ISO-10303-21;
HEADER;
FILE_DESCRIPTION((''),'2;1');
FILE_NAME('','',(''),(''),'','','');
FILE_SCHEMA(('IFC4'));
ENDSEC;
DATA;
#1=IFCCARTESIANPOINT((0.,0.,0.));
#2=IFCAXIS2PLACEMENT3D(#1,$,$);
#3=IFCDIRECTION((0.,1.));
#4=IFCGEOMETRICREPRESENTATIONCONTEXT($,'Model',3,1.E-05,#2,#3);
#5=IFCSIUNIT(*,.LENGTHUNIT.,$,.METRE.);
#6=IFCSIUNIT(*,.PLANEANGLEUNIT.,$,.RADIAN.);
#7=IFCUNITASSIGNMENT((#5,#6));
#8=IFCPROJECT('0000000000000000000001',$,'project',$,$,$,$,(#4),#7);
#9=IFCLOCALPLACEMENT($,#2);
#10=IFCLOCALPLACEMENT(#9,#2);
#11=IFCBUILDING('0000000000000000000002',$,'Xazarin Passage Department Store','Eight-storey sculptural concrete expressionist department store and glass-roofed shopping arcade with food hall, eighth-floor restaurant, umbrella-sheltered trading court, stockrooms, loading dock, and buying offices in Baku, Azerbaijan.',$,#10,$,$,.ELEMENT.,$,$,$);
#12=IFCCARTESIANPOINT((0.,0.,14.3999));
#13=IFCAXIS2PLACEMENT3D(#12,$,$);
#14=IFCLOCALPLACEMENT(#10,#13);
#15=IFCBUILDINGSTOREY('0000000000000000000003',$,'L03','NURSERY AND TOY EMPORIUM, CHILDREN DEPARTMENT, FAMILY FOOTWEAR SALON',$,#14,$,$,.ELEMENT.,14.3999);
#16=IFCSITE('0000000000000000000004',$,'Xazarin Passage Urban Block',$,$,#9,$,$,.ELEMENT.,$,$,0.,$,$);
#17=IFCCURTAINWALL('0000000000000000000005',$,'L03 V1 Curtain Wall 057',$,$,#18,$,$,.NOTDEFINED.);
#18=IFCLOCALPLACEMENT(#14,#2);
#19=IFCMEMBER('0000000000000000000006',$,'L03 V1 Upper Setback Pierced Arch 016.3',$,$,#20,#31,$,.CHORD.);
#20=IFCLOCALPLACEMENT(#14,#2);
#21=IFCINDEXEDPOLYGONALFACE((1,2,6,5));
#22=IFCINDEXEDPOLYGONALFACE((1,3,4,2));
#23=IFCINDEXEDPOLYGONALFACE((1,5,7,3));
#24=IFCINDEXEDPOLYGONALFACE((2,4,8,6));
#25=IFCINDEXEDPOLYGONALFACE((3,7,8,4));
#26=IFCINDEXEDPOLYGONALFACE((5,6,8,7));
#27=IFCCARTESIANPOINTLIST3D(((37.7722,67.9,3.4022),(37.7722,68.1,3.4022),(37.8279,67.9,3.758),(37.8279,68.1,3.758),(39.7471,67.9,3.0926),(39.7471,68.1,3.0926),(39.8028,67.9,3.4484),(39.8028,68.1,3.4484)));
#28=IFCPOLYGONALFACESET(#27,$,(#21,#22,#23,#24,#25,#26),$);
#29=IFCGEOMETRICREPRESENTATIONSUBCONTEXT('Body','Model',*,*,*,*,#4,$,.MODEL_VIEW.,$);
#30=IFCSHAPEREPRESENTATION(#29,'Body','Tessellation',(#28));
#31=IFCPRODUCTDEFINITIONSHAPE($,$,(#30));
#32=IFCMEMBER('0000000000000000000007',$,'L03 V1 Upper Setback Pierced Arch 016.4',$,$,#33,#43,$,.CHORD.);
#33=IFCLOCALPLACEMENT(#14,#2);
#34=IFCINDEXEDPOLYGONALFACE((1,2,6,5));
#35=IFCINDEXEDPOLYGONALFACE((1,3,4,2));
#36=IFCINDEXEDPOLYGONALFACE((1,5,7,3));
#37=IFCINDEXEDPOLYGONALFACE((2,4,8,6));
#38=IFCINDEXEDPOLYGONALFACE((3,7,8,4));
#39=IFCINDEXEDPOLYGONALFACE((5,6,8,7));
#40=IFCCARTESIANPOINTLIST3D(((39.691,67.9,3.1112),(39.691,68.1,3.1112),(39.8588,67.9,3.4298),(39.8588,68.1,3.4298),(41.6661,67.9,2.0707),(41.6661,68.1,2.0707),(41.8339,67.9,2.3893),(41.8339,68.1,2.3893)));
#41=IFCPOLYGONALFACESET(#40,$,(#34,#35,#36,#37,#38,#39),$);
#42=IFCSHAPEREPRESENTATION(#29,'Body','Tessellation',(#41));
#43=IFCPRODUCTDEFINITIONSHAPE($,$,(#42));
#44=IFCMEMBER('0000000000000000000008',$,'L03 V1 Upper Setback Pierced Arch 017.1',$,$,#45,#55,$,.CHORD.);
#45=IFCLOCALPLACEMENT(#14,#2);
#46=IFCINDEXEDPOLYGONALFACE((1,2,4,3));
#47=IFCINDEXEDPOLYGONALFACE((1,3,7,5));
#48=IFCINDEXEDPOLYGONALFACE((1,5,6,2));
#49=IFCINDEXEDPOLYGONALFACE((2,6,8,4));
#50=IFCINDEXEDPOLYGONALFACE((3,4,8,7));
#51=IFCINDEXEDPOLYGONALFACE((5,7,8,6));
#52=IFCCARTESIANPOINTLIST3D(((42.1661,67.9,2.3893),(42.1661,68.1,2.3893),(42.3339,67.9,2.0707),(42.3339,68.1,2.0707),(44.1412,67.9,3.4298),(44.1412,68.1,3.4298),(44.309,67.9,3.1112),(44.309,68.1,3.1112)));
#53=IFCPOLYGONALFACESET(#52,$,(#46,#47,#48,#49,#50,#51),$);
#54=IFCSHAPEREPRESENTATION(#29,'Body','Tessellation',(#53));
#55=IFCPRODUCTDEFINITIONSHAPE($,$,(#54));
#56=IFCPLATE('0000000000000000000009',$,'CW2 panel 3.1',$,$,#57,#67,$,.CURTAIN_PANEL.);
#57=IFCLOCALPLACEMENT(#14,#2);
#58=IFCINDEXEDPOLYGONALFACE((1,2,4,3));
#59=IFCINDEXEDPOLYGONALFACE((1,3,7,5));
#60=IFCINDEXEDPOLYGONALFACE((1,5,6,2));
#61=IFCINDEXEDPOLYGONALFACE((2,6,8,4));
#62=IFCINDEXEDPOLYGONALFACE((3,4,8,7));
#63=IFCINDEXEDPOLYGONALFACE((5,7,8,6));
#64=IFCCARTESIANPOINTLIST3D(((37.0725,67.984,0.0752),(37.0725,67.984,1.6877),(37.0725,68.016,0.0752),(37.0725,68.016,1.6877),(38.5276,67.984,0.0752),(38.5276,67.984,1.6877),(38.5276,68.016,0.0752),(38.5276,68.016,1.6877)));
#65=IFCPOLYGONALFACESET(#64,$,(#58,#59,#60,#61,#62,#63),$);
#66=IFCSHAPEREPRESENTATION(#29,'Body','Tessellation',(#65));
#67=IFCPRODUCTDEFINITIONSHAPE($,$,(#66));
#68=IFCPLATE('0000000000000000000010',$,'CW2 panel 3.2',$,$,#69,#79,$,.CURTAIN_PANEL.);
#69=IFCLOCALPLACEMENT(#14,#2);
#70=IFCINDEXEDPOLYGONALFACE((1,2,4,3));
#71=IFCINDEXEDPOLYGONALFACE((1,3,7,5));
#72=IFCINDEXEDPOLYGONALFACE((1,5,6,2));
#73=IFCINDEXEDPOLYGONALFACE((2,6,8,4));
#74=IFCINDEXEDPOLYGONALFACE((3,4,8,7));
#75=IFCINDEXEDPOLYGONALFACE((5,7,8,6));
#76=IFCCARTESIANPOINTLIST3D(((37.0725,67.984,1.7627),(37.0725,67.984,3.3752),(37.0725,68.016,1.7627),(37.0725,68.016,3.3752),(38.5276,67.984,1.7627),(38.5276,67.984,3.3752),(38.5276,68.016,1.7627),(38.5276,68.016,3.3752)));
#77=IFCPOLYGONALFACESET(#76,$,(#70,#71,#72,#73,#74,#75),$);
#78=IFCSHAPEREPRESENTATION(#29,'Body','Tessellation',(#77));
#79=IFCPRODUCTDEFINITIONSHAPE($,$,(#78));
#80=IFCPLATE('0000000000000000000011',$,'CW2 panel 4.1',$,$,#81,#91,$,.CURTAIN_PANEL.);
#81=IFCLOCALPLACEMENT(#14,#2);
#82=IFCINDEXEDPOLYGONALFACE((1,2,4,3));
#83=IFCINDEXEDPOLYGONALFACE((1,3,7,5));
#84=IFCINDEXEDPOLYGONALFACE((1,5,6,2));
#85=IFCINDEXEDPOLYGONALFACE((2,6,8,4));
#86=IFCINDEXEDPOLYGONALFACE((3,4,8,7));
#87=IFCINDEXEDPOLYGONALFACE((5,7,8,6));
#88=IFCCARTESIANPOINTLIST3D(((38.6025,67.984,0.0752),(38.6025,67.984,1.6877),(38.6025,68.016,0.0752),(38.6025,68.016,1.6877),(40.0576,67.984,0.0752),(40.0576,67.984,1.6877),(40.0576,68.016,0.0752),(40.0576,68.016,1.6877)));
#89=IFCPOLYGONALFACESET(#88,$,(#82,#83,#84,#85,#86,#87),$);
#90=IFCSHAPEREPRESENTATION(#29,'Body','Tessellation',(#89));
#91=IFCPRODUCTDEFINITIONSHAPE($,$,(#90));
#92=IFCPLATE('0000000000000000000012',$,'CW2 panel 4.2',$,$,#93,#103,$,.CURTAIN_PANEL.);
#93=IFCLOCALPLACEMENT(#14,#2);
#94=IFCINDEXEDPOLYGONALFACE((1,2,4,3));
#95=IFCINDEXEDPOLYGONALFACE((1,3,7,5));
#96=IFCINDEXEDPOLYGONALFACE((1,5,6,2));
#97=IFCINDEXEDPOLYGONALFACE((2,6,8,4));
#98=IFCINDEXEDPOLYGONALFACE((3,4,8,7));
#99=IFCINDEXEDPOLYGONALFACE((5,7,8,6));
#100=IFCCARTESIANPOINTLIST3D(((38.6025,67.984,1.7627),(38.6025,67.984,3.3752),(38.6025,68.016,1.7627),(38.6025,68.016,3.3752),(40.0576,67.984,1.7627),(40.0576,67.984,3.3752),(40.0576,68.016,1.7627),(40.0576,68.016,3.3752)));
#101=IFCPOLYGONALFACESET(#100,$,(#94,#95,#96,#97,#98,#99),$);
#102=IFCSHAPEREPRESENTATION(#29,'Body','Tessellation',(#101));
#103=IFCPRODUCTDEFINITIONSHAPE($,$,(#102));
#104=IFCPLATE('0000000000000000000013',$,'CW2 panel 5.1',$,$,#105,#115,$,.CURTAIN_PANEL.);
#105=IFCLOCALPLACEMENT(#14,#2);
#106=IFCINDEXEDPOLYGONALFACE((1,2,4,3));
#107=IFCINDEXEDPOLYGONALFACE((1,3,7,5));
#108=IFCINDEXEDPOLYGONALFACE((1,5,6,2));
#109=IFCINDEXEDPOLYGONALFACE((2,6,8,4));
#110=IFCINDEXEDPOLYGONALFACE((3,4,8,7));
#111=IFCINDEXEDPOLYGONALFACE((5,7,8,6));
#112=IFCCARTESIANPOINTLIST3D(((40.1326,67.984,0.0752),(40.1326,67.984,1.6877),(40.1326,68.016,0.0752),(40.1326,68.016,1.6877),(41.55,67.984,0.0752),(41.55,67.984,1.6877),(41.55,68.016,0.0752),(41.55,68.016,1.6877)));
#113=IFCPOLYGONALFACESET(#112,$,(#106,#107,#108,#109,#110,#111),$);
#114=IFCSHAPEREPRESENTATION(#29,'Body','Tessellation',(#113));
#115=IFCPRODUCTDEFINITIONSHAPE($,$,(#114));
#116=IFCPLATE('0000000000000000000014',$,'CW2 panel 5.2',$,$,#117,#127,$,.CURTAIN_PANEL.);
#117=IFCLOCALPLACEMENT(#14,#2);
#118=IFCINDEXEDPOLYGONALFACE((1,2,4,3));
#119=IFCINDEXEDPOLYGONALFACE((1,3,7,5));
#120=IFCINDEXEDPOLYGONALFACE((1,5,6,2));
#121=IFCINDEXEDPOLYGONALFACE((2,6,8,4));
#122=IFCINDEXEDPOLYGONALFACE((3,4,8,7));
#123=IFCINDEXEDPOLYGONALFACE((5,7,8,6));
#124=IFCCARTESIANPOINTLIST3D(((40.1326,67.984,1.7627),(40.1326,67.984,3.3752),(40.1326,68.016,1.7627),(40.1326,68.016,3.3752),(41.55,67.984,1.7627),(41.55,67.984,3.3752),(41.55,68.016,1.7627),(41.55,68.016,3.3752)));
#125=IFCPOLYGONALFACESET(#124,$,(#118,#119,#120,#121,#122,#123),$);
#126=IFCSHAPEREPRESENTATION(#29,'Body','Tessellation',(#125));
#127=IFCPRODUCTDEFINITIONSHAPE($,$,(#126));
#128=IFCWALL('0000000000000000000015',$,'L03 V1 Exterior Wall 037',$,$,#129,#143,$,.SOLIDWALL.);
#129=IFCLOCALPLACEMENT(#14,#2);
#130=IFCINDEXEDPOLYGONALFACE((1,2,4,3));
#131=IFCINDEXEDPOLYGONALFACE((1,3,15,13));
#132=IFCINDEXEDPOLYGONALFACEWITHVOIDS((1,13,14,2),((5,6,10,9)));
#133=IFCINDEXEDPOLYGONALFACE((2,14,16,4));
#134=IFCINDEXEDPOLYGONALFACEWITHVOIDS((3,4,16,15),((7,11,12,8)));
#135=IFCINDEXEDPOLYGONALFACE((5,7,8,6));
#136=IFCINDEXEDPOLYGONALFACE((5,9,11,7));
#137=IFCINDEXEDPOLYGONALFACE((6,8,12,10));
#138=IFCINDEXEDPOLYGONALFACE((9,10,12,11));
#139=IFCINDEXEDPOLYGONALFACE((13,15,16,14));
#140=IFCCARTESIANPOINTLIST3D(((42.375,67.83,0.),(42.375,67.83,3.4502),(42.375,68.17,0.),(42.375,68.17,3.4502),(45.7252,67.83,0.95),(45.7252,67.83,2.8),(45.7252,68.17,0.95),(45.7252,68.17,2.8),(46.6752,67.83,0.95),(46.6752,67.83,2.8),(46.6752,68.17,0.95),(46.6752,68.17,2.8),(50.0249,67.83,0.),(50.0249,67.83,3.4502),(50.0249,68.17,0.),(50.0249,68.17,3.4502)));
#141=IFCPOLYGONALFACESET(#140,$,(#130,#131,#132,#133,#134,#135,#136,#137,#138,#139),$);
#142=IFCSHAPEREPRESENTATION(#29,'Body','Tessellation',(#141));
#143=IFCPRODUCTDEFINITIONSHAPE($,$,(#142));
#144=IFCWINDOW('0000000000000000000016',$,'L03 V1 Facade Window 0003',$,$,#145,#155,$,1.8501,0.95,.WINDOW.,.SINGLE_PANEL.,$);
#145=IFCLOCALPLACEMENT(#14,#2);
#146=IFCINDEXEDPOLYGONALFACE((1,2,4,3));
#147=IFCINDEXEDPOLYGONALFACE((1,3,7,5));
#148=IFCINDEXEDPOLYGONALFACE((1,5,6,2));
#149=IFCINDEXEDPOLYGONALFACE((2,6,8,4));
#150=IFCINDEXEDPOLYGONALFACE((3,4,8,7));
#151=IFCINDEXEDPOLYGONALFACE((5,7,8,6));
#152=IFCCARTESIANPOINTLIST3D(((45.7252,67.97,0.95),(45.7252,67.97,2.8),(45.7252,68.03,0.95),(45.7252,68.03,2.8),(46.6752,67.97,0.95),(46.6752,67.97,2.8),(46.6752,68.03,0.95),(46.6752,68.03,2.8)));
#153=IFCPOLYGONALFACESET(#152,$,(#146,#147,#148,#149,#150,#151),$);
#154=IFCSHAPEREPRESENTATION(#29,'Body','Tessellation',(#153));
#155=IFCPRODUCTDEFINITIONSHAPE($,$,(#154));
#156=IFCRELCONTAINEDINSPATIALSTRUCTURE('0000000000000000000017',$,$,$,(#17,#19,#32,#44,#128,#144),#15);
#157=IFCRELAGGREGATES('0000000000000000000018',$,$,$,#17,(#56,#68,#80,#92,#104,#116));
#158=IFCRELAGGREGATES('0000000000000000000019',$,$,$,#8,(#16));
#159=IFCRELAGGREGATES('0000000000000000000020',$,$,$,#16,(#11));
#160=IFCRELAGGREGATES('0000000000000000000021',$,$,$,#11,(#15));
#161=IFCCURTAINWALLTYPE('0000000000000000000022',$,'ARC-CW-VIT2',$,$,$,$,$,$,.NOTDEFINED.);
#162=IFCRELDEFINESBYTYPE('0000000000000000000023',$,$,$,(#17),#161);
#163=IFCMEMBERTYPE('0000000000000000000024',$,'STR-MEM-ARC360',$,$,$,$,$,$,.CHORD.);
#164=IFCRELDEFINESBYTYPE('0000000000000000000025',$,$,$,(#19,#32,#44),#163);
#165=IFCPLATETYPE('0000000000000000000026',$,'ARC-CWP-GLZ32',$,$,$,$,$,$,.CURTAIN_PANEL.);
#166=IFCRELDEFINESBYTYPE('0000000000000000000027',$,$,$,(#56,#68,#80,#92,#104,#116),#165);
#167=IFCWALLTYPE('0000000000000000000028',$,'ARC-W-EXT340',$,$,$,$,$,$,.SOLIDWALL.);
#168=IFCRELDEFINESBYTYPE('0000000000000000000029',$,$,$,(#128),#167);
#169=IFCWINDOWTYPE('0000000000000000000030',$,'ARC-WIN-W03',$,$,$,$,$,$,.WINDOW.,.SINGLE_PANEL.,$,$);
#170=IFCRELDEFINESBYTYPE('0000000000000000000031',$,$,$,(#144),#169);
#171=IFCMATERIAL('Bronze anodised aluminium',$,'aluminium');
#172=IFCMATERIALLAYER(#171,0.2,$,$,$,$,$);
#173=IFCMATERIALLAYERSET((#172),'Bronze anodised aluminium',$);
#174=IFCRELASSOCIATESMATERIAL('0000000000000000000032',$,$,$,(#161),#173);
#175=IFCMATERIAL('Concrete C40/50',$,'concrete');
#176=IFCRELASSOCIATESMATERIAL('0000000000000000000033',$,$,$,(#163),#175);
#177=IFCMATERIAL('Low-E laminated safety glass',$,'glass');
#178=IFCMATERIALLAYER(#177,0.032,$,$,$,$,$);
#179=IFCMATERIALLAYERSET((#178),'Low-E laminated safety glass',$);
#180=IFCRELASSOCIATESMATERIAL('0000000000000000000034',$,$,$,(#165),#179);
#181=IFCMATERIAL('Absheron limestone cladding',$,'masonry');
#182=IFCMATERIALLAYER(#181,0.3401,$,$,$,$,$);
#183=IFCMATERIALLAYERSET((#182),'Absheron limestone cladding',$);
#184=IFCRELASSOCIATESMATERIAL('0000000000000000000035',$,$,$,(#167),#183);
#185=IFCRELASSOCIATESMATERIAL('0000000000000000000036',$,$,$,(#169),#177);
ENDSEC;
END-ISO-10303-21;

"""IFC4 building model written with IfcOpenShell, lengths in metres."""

from ifc_helpers import new_model, si_unit, direction, frame, frame_2d, origin, origin_2d, place, context, subcontext, project, spatial, rectangle, extrude, material, layer, layer_set, material_profile, profile_set, type_object, element, fill, aggregate, save


model = new_model("IFC4")

# Units and contexts
model_context = context("Model", 3, precision=1e-05, world=origin(), true_north=direction((0.0, 1.0)))
body_context = subcontext(model_context, "Body", "Model", "MODEL_VIEW")
ifc_project = project(units=[si_unit("LENGTHUNIT", "METRE"), si_unit("PLANEANGLEUNIT", "RADIAN")], contexts=[model_context])

# Site, building, storey
site_placement = place(None, origin())
site = spatial("IfcSite", under=ifc_project, at=site_placement, Name="Xazarin Passage Urban Block", CompositionType="ELEMENT", RefElevation=0.0)
building_placement = place(site_placement, origin())
building = spatial("IfcBuilding", under=site, at=building_placement, Name="Xazarin Passage Department Store", Description="Eight-storey sculptural concrete expressionist department store and glass-roofed shopping arcade with food hall, eighth-floor restaurant, umbrella-sheltered trading court, stockrooms, loading dock, and buying offices in Baku, Azerbaijan.", CompositionType="ELEMENT")
storey_placement = place(building_placement, frame((0.0, 0.0, 14.3999)))
storey = spatial("IfcBuildingStorey", under=building, at=storey_placement, Name="L03", Description="NURSERY AND TOY EMPORIUM, CHILDREN DEPARTMENT, FAMILY FOOTWEAR SALON", CompositionType="ELEMENT", Elevation=14.3999)

# Shared definitions
ifc_material_1 = material(Name="Concrete C40/50", Category="concrete")

# Curtain wall
ifc_material_2 = material(Name="Bronze anodised aluminium", Category="aluminium")
ifc_layer_1 = layer(ifc_material_2, 0.2)
ifc_layer_set_1 = layer_set([ifc_layer_1], Name="Bronze anodised aluminium")
curtain_wall_type = type_object("IfcCurtainWallType", Name="ARC-CW-VIT2", PredefinedType="NOTDEFINED", material=ifc_layer_set_1)
curtain_wall_placement = place(storey_placement, origin())
curtain_wall = element("IfcCurtainWall", 1, at=curtain_wall_placement, inside=storey, type_object=curtain_wall_type, Name="L03 V1 Curtain Wall 057", PredefinedType="NOTDEFINED")

# Members
ifc_material_profile_1 = material_profile(ifc_material_1, rectangle(XDim=0.2, YDim=0.3601, at=origin_2d()), Name="RC 200x360")
ifc_profile_set_1 = profile_set([ifc_material_profile_1], Name="Concrete C40/50")
member_type_1 = type_object("IfcMemberType", Name="STR-MEM-ARC360", PredefinedType="CHORD", material=ifc_profile_set_1)
member_1_placement = place(storey_placement, frame((37.8, 68.0, 3.5801), z_axis=(0.987936, 0.0, -0.154865), x_axis=(0.0, 1.0, 0.0)))
element("IfcMember", 2, at=member_1_placement, inside=storey, type_object=member_type_1, Name="L03 V1 Upper Setback Pierced Arch 016.3", PredefinedType="CHORD", context=body_context, shape_type="SweptSolid", body=[
    extrude(rectangle(XDim=0.2, YDim=0.3601, at=origin_2d()), origin(), (0.0, 0.0, 1.0), 1.999),
])
for number, where, z_axis, x_axis, name in (
    (3, (39.7749, 68.0, 3.2705), (0.884733, 0.0, -0.466098), (0.0, 1.0, 0.0), "L03 V1 Upper Setback Pierced Arch 016.4"),
    (4, (42.25, 68.0, 2.23), (0.884733, 0.0, 0.466098), (0.0, 1.0, 0.0), "L03 V1 Upper Setback Pierced Arch 017.1"),
):
    element("IfcMember", number, at=place(storey_placement, frame(where, z_axis=z_axis, x_axis=x_axis)), inside=storey, type_object=member_type_1, Name=name, PredefinedType="CHORD", context=body_context, shape_type="SweptSolid", body=[
        extrude(rectangle(XDim=0.2, YDim=0.3601, at=origin_2d()), origin(), (0.0, 0.0, 1.0), 2.2324),
    ])

# Plates
ifc_material_3 = material(Name="Low-E laminated safety glass", Category="glass")
ifc_layer_2 = layer(ifc_material_3, 0.032)
ifc_layer_set_2 = layer_set([ifc_layer_2], Name="Low-E laminated safety glass")
plate_type = type_object("IfcPlateType", Name="ARC-CWP-GLZ32", PredefinedType="CURTAIN_PANEL", material=ifc_layer_set_2)
plate_1_placement = place(storey_placement, frame((37.8, 68.0, 0.0752), z_axis=(0.0, 0.0, 1.0), x_axis=(1.0, 0.0, 0.0)))
plate_1 = element("IfcPlate", 5, at=plate_1_placement, type_object=plate_type, Name="CW2 panel 3.1", PredefinedType="CURTAIN_PANEL", context=body_context, shape_type="SweptSolid", body=[
    extrude(rectangle(XDim=1.4551, YDim=0.032, at=origin_2d()), origin(), (0.0, 0.0, 1.0), 1.6125),
])
plate_2_placement = place(storey_placement, frame((37.8, 68.0, 1.7627), z_axis=(0.0, 0.0, 1.0), x_axis=(1.0, 0.0, 0.0)))
plate_2 = element("IfcPlate", 6, at=plate_2_placement, type_object=plate_type, Name="CW2 panel 3.2", PredefinedType="CURTAIN_PANEL", context=body_context, shape_type="SweptSolid", body=[
    extrude(rectangle(XDim=1.4551, YDim=0.032, at=origin_2d()), origin(), (0.0, 0.0, 1.0), 1.6125),
])
plate_3_placement = place(storey_placement, frame((39.3301, 68.0, 0.0752), z_axis=(0.0, 0.0, 1.0), x_axis=(1.0, 0.0, 0.0)))
plate_3 = element("IfcPlate", 7, at=plate_3_placement, type_object=plate_type, Name="CW2 panel 4.1", PredefinedType="CURTAIN_PANEL", context=body_context, shape_type="SweptSolid", body=[
    extrude(rectangle(XDim=1.4551, YDim=0.032, at=origin_2d()), origin(), (0.0, 0.0, 1.0), 1.6125),
])
plate_4_placement = place(storey_placement, frame((39.3301, 68.0, 1.7627), z_axis=(0.0, 0.0, 1.0), x_axis=(1.0, 0.0, 0.0)))
plate_4 = element("IfcPlate", 8, at=plate_4_placement, type_object=plate_type, Name="CW2 panel 4.2", PredefinedType="CURTAIN_PANEL", context=body_context, shape_type="SweptSolid", body=[
    extrude(rectangle(XDim=1.4551, YDim=0.032, at=origin_2d()), origin(), (0.0, 0.0, 1.0), 1.6125),
])
plate_5_placement = place(storey_placement, frame((40.8413, 68.0, 0.0752), z_axis=(0.0, 0.0, 1.0), x_axis=(1.0, 0.0, 0.0)))
plate_5 = element("IfcPlate", 9, at=plate_5_placement, type_object=plate_type, Name="CW2 panel 5.1", PredefinedType="CURTAIN_PANEL", context=body_context, shape_type="SweptSolid", body=[
    extrude(rectangle(XDim=1.4175, YDim=0.032, at=origin_2d()), origin(), (0.0, 0.0, 1.0), 1.6125),
])
plate_6_placement = place(storey_placement, frame((40.8413, 68.0, 1.7627), z_axis=(0.0, 0.0, 1.0), x_axis=(1.0, 0.0, 0.0)))
plate_6 = element("IfcPlate", 10, at=plate_6_placement, type_object=plate_type, Name="CW2 panel 5.2", PredefinedType="CURTAIN_PANEL", context=body_context, shape_type="SweptSolid", body=[
    extrude(rectangle(XDim=1.4175, YDim=0.032, at=origin_2d()), origin(), (0.0, 0.0, 1.0), 1.6125),
])
aggregate(curtain_wall, [plate_1, plate_2, plate_3, plate_4, plate_5, plate_6])

# Wall, opening, window
ifc_material_4 = material(Name="Absheron limestone cladding", Category="masonry")
ifc_layer_3 = layer(ifc_material_4, 0.3401)
ifc_layer_set_3 = layer_set([ifc_layer_3], Name="Absheron limestone cladding")
wall_type = type_object("IfcWallType", Name="ARC-W-EXT340", PredefinedType="SOLIDWALL", material=ifc_layer_set_3)
wall_placement = place(storey_placement, frame((42.375, 68.0, 0.0), z_axis=(0.0, 0.0, 1.0), x_axis=(1.0, 0.0, 0.0)))
wall = element("IfcWall", 11, at=wall_placement, inside=storey, type_object=wall_type, Name="L03 V1 Exterior Wall 037", PredefinedType="SOLIDWALL", context=body_context, shape_type="SweptSolid", body=[
    extrude(rectangle(XDim=7.6499, YDim=0.3401, at=frame_2d((3.825, 0.0))), origin(), (0.0, 0.0, 1.0), 3.4502),
])
opening_placement = place(wall_placement, frame((3.3501, 0.0, 0.95)))
opening = element("IfcOpeningElement", 12, at=opening_placement, cuts=wall, PredefinedType="OPENING", context=body_context, shape_type="SweptSolid", body=[
    extrude(rectangle(XDim=0.95, YDim=1.8501, at=frame_2d((0.4751, 0.925))), frame((0.0, 0.1799, 0.0), z_axis=(0.0, -1.0, 0.0), x_axis=(1.0, 0.0, 0.0)), (0.0, 0.0, 1.0), 0.3601),
])
window_type = type_object("IfcWindowType", Name="ARC-WIN-W03", PartitioningType="SINGLE_PANEL", PredefinedType="WINDOW", material=ifc_material_3)
window_placement = place(opening_placement, origin())
window = element("IfcWindow", 13, at=window_placement, inside=storey, type_object=window_type, Name="L03 V1 Facade Window 0003", OverallHeight=1.8501, OverallWidth=0.95, PartitioningType="SINGLE_PANEL", PredefinedType="WINDOW", context=body_context, shape_type="SweptSolid", body=[
    extrude(rectangle(XDim=0.95, YDim=1.8501, at=frame_2d((0.4751, 0.925))), frame((0.0, 0.03, 0.0), z_axis=(0.0, -1.0, 0.0), x_axis=(1.0, 0.0, 0.0)), (0.0, 0.0, 1.0), 0.0601),
])
fill(opening, window)

save(model, "model.ifc")
